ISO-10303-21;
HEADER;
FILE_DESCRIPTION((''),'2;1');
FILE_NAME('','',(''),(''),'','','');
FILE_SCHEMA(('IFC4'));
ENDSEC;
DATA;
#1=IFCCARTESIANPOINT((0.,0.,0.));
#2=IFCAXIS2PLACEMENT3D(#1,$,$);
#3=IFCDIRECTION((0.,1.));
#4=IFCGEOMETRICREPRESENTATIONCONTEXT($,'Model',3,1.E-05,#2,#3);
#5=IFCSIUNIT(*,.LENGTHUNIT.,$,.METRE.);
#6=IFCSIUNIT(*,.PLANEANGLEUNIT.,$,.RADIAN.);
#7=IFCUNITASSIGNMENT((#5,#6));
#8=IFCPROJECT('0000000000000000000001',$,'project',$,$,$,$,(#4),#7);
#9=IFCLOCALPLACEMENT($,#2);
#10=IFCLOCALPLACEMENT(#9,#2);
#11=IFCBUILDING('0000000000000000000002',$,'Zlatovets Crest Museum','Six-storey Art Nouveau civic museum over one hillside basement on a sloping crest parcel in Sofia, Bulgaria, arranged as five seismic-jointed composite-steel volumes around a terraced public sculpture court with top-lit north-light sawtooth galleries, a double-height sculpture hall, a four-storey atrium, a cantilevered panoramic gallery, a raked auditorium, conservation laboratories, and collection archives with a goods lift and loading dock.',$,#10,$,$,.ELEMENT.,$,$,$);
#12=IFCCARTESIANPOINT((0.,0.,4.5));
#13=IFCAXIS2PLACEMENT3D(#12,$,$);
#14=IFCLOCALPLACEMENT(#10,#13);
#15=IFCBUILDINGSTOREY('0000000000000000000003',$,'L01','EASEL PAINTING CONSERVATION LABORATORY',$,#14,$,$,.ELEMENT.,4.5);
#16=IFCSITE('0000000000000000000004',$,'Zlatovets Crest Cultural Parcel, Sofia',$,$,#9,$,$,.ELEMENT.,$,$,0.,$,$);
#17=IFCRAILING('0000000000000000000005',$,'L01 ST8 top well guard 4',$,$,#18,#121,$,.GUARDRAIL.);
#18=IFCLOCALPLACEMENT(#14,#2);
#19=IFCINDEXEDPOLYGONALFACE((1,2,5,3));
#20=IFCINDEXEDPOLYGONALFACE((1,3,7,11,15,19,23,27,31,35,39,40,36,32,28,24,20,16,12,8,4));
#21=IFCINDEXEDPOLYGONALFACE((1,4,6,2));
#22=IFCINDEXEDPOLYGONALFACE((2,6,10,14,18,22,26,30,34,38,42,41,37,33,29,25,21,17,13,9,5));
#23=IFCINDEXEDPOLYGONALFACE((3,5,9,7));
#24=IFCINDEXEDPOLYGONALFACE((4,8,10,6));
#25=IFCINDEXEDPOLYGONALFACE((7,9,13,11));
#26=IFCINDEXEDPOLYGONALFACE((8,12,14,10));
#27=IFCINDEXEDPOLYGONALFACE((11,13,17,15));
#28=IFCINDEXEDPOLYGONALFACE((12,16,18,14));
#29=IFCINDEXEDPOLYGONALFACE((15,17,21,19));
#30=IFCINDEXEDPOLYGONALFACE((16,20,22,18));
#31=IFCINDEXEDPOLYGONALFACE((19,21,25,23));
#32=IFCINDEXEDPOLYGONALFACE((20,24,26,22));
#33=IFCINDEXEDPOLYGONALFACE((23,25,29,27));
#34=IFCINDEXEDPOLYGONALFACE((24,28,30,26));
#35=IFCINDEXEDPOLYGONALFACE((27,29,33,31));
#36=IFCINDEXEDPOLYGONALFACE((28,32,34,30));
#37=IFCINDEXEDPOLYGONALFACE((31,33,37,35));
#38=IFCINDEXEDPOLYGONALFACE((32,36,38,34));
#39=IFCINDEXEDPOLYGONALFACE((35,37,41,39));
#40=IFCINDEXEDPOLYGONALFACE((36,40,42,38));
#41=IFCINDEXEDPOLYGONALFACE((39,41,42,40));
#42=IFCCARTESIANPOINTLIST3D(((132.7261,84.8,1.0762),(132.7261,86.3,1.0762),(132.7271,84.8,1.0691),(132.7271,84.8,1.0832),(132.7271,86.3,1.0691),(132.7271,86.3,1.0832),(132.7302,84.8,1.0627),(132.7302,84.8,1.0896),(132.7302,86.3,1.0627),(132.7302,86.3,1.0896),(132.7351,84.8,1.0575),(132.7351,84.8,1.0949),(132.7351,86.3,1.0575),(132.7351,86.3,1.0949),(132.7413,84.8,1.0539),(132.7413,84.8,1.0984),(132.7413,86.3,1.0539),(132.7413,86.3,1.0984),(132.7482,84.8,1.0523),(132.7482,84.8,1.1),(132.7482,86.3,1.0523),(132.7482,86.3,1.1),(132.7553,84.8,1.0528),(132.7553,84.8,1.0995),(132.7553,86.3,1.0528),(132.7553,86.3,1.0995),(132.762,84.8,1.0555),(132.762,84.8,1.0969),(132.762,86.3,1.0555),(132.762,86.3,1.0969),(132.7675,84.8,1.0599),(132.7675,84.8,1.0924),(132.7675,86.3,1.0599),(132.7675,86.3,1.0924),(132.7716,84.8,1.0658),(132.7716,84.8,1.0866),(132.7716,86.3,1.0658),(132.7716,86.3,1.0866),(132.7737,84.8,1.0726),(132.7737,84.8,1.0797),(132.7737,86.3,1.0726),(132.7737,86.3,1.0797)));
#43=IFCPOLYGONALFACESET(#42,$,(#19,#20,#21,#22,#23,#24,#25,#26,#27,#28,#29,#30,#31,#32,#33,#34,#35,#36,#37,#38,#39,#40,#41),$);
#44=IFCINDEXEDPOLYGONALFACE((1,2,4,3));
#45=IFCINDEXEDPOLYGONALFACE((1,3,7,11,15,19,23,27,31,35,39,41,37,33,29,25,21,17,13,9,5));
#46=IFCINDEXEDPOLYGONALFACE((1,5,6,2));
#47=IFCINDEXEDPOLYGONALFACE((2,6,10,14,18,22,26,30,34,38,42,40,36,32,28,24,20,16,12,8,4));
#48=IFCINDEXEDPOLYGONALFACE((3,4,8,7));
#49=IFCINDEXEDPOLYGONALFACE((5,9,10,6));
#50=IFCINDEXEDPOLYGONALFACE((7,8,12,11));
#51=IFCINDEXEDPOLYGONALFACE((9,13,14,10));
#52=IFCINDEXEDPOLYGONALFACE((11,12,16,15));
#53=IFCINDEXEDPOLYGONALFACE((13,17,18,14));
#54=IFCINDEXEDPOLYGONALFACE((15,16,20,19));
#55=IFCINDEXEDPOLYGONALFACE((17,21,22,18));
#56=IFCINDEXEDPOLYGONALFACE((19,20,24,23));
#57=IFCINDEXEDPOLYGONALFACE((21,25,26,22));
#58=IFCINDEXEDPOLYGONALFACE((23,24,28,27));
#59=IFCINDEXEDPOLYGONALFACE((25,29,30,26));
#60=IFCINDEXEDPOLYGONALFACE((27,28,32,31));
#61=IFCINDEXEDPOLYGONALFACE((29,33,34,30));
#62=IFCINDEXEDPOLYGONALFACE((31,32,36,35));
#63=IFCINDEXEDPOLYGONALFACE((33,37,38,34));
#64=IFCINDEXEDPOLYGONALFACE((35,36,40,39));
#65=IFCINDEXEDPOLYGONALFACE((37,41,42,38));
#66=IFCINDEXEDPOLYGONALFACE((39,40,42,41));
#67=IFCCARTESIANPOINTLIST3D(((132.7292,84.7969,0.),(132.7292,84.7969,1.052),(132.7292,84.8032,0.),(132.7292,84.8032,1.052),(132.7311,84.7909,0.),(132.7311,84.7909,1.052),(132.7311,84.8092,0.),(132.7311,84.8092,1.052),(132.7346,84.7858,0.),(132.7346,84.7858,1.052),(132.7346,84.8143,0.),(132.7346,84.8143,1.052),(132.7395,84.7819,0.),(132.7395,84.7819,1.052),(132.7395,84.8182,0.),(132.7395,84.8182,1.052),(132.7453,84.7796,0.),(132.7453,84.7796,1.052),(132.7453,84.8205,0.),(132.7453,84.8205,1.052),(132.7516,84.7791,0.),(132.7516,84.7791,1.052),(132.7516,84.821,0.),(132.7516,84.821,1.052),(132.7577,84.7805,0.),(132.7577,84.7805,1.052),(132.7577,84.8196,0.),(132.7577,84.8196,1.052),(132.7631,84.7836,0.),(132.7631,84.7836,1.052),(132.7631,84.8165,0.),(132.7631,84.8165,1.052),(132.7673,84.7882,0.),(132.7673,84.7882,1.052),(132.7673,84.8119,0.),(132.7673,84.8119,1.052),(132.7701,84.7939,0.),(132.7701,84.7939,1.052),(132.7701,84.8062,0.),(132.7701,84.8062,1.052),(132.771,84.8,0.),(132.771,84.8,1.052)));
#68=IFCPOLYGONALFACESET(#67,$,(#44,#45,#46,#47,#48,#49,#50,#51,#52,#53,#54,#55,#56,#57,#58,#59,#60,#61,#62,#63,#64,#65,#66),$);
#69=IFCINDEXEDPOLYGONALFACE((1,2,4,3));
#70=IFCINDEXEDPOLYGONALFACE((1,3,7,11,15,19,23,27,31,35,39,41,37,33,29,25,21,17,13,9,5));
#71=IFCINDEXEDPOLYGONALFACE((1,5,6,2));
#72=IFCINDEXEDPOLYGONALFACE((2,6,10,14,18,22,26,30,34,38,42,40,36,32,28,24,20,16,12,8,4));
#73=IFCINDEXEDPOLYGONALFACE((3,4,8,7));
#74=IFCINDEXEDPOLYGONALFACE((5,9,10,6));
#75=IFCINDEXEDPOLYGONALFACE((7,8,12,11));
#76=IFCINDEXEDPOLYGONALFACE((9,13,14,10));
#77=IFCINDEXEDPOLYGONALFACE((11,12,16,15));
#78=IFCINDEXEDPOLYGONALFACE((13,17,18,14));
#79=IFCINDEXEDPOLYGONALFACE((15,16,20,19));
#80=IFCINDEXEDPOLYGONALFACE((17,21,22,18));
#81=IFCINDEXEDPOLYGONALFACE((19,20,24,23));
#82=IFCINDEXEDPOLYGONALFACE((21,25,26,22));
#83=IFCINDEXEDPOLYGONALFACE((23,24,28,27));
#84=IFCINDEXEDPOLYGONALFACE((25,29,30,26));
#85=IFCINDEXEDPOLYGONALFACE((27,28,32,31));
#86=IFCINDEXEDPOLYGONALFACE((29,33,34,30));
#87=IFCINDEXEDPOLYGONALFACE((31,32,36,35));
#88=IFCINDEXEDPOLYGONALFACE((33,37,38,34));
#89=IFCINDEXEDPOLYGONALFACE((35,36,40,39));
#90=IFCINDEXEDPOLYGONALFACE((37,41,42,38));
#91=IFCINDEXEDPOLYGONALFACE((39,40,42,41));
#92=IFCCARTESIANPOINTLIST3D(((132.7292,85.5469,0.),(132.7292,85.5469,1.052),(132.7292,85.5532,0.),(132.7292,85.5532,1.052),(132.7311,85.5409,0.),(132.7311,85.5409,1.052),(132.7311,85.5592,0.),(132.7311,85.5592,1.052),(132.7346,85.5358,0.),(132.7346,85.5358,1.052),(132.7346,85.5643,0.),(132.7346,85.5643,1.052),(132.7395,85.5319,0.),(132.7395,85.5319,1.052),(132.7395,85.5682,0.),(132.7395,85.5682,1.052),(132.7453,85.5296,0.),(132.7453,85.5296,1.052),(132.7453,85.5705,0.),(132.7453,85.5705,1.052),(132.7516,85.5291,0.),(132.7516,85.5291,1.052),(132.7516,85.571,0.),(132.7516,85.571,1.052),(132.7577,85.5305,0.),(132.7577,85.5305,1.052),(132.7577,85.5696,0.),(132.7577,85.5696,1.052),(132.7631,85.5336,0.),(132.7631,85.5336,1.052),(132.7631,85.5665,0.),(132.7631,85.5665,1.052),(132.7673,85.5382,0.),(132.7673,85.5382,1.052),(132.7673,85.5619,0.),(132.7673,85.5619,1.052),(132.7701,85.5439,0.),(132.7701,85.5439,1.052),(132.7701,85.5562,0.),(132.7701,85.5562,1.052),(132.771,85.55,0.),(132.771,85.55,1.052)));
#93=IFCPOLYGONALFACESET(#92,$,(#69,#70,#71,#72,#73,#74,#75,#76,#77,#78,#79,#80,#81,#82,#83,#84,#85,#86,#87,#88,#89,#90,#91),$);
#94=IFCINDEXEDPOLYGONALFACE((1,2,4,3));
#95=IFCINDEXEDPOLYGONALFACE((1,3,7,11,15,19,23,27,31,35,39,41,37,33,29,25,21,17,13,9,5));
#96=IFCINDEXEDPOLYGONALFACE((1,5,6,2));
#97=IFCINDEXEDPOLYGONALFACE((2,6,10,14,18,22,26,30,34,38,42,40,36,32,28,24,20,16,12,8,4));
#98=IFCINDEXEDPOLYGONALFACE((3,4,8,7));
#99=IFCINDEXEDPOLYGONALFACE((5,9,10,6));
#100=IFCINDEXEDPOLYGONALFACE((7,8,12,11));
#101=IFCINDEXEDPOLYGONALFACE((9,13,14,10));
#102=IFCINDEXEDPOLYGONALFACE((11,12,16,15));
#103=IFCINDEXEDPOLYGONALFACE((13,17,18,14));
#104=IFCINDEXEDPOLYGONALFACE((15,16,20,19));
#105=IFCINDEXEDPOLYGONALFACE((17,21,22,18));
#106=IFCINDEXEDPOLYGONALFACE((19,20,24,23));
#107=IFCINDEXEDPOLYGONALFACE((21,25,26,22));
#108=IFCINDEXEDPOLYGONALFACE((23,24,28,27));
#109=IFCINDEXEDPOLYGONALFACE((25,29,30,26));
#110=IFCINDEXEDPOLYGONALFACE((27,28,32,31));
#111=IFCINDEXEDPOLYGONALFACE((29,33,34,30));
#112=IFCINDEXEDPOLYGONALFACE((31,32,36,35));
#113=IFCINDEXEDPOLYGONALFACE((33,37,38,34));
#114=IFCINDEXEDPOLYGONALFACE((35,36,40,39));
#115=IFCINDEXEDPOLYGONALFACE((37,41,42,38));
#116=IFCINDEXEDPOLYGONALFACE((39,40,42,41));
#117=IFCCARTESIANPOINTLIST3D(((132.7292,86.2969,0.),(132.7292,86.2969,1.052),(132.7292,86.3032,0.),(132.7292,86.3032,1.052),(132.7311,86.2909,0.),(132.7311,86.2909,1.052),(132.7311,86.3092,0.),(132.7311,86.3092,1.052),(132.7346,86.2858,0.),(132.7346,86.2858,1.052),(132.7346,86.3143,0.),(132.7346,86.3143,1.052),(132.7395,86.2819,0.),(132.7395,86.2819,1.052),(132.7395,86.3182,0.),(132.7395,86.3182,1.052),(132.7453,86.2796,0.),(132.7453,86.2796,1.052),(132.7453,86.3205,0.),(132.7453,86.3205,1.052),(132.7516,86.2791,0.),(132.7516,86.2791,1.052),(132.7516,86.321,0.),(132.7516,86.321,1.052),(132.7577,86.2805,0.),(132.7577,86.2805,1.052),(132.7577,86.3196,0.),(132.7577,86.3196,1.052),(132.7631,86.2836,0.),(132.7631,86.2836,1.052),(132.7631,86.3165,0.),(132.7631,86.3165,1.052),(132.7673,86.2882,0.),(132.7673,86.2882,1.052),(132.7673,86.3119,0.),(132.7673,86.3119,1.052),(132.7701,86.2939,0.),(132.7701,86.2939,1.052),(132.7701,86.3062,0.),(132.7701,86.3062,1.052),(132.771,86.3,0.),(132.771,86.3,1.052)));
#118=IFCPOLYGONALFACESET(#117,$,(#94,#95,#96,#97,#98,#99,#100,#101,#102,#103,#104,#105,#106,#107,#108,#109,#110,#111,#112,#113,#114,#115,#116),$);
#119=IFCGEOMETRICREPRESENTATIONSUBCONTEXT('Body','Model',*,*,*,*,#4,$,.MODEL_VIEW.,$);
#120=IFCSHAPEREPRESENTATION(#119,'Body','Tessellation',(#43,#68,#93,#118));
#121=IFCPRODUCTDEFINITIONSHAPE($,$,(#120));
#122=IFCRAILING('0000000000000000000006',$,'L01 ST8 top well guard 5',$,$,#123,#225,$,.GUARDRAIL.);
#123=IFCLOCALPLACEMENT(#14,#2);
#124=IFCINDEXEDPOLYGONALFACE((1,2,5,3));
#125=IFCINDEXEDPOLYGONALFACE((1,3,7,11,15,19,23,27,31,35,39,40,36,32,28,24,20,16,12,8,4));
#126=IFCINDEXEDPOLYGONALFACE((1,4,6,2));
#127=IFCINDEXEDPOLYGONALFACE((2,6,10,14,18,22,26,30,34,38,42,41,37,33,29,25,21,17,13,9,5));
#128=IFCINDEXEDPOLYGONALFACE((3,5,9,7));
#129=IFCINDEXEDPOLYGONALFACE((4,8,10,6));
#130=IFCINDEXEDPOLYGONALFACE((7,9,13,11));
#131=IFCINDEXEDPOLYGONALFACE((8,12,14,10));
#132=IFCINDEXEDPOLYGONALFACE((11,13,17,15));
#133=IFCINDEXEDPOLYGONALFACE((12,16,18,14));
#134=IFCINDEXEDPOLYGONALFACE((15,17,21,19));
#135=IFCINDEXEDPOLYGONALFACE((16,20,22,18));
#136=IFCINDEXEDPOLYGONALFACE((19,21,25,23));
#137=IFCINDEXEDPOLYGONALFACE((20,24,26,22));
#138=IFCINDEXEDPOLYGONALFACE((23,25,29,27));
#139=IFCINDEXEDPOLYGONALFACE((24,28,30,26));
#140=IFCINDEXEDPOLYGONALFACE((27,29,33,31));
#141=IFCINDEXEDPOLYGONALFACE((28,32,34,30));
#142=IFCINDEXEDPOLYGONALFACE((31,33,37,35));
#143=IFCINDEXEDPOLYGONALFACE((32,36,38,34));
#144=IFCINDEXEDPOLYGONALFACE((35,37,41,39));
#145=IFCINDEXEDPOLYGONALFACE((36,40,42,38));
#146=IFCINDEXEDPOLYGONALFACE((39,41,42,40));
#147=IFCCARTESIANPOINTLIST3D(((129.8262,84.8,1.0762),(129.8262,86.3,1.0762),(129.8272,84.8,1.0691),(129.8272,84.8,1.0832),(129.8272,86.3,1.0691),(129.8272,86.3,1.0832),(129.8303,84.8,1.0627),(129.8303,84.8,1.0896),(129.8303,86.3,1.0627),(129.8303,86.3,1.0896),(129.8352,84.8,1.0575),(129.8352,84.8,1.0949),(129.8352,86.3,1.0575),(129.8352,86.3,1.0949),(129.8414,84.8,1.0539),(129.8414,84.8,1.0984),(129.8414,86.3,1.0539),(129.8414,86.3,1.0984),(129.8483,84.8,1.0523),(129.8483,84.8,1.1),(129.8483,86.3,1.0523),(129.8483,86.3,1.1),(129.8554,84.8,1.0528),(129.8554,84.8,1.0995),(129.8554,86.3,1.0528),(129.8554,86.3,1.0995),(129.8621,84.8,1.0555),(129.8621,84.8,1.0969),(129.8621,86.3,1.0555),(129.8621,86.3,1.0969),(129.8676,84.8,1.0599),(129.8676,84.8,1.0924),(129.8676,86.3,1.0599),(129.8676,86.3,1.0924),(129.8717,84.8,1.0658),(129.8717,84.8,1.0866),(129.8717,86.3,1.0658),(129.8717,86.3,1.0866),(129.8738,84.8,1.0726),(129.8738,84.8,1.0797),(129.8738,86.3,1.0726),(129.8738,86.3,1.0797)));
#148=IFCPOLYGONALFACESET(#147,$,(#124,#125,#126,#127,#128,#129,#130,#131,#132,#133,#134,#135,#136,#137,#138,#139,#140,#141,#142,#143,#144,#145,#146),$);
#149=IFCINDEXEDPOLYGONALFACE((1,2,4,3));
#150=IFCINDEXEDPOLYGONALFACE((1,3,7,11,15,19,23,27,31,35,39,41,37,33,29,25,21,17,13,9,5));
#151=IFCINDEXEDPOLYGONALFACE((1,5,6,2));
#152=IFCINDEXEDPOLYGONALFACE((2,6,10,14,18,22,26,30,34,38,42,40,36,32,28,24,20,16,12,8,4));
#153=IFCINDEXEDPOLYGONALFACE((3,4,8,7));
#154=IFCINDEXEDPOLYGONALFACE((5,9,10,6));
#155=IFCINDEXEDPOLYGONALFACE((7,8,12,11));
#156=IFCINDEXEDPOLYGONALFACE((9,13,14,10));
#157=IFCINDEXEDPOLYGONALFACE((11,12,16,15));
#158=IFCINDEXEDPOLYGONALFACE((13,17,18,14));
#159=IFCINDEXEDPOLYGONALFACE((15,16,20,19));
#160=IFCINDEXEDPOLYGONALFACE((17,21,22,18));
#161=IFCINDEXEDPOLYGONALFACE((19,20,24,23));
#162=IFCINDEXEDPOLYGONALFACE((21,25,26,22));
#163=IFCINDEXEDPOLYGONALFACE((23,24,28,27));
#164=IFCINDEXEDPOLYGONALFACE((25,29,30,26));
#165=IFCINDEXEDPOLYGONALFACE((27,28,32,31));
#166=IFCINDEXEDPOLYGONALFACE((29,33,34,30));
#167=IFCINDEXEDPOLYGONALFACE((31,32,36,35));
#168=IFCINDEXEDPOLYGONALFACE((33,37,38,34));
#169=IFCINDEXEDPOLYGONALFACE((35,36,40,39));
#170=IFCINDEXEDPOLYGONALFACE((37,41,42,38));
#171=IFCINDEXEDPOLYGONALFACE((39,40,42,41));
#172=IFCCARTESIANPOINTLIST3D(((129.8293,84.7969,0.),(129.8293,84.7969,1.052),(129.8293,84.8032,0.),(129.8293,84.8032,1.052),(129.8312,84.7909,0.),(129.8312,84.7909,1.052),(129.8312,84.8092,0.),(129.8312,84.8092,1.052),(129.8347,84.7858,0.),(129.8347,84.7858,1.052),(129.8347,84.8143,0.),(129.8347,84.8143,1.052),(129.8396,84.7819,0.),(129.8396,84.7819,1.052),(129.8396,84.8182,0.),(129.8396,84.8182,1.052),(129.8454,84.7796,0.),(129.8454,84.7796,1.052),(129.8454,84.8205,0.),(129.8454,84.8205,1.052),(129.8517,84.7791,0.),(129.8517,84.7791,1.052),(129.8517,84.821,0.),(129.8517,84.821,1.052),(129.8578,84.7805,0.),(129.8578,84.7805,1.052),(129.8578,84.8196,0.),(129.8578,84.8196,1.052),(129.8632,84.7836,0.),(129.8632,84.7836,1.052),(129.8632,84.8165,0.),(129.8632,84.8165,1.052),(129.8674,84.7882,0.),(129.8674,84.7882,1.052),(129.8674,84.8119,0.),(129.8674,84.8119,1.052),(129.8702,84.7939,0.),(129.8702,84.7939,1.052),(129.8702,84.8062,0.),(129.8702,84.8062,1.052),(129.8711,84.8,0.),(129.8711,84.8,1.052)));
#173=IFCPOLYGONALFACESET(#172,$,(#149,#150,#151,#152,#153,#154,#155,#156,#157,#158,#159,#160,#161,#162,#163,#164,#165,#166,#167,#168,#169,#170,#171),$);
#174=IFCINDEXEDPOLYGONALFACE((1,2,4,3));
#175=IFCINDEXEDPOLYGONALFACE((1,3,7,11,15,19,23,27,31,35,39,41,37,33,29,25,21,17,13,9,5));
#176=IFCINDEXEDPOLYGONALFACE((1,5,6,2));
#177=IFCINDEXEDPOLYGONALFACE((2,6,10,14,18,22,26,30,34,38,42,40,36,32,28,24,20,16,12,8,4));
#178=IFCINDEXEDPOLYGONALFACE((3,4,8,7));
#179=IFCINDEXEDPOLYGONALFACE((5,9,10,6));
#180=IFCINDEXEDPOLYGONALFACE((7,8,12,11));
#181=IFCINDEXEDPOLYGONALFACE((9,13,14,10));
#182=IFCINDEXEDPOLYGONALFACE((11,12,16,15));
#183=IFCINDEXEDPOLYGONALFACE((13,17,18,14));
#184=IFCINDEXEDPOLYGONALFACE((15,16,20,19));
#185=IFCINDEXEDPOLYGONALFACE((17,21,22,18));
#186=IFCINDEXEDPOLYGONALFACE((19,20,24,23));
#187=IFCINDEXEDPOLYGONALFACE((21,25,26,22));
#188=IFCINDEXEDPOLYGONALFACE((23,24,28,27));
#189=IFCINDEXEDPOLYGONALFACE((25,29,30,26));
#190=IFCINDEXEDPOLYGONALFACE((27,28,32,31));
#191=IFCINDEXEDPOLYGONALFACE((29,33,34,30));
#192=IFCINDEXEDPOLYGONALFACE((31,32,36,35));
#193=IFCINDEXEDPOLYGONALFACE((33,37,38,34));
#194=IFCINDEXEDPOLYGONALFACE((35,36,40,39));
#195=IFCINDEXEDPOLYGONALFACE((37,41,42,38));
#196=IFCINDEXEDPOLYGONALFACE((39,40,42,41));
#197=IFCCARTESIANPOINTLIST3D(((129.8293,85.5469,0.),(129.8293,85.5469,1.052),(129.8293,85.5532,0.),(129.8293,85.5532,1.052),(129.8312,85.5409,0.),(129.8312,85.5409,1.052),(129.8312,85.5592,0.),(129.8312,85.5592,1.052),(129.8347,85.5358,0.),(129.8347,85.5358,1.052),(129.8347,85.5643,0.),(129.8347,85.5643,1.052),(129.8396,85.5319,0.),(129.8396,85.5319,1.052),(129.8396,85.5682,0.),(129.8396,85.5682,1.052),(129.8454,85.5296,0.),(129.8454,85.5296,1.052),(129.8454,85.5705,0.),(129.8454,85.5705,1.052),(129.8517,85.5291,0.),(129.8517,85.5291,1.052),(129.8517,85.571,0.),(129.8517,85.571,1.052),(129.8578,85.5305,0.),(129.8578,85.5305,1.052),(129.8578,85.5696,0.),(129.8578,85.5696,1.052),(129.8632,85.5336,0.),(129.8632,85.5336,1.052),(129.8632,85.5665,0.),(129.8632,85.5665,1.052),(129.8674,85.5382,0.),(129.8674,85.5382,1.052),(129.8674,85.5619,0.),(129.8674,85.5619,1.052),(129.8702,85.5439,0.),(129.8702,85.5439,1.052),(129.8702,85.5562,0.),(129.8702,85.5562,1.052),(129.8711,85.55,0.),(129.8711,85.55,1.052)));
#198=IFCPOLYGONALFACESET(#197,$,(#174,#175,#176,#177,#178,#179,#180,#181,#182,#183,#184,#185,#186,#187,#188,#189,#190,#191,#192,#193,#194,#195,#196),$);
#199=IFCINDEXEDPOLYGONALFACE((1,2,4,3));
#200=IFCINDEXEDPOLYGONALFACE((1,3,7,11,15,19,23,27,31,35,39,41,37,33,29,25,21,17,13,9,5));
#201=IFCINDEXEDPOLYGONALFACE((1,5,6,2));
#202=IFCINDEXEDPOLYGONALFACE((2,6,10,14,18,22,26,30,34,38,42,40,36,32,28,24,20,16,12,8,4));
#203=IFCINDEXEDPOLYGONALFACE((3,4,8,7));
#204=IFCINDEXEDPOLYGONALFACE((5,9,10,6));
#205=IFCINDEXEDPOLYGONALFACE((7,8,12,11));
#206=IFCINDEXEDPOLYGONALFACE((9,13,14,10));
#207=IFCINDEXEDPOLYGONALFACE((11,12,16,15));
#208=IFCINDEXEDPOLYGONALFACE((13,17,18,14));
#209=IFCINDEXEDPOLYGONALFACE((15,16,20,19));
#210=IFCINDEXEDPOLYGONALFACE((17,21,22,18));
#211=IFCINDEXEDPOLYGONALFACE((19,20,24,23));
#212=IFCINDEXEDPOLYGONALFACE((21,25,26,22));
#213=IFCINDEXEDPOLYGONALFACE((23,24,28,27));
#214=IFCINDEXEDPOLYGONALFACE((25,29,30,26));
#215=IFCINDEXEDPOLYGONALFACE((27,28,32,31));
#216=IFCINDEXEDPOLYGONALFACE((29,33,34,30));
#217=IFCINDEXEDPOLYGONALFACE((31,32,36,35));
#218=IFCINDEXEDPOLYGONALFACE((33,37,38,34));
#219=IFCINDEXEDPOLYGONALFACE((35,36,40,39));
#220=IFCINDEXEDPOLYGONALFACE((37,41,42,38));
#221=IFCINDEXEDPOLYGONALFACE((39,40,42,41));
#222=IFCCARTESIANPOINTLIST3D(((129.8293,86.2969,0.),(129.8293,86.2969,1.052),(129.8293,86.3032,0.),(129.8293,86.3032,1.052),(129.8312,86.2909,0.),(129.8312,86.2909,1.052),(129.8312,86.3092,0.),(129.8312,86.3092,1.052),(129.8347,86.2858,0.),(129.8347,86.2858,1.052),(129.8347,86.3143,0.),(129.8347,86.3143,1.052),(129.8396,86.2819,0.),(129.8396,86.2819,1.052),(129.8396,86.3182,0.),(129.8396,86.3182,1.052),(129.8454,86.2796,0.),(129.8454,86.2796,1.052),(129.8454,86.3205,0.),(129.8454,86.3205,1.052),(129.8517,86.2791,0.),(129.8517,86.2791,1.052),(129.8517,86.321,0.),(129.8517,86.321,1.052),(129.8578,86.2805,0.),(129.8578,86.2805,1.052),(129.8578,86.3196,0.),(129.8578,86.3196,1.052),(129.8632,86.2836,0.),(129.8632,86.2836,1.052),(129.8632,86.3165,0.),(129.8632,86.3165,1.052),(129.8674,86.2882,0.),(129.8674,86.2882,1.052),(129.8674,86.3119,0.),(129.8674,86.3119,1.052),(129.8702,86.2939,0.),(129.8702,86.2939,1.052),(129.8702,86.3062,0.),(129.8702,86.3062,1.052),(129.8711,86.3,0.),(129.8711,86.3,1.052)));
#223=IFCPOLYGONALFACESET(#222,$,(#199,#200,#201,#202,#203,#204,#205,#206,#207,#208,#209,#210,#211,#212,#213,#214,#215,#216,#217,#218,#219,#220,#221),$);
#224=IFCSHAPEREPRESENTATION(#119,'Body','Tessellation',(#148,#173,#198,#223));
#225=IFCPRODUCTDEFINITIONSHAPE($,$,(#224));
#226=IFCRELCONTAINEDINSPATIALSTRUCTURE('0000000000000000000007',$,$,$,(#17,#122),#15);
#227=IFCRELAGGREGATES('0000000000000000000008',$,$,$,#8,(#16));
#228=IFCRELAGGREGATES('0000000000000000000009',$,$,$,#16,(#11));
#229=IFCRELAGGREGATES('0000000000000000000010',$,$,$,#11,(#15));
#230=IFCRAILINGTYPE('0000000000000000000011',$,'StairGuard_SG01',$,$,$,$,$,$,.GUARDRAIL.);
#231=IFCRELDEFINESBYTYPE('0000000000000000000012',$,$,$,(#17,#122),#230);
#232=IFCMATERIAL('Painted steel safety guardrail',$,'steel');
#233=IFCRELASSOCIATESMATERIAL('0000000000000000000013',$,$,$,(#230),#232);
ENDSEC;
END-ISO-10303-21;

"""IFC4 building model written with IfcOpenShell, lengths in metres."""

from ifc_helpers import new_model, si_unit, direction, frame, origin, origin_2d, place, context, subcontext, project, spatial, circle, extrude, material, type_object, element, save


model = new_model("IFC4")

# Units and contexts
model_context = context("Model", 3, precision=1e-05, world=origin(), true_north=direction((0.0, 1.0)))
body_context = subcontext(model_context, "Body", "Model", "MODEL_VIEW")
ifc_project = project(units=[si_unit("LENGTHUNIT", "METRE"), si_unit("PLANEANGLEUNIT", "RADIAN")], contexts=[model_context])

# Site, building, storey
site_placement = place(None, origin())
site = spatial("IfcSite", under=ifc_project, at=site_placement, Name="Zlatovets Crest Cultural Parcel, Sofia", CompositionType="ELEMENT", RefElevation=0.0)
building_placement = place(site_placement, origin())
building = spatial("IfcBuilding", under=site, at=building_placement, Name="Zlatovets Crest Museum", Description="Six-storey Art Nouveau civic museum over one hillside basement on a sloping crest parcel in Sofia, Bulgaria, arranged as five seismic-jointed composite-steel volumes around a terraced public sculpture court with top-lit north-light sawtooth galleries, a double-height sculpture hall, a four-storey atrium, a cantilevered panoramic gallery, a raked auditorium, conservation laboratories, and collection archives with a goods lift and loading dock.", CompositionType="ELEMENT")
storey_placement = place(building_placement, frame((0.0, 0.0, 4.5)))
storey = spatial("IfcBuildingStorey", under=building, at=storey_placement, Name="L01", Description="EASEL PAINTING CONSERVATION LABORATORY", CompositionType="ELEMENT", Elevation=4.5)

# Railings
ifc_material_1 = material(Name="Painted steel safety guardrail", Category="steel")
railing_type = type_object("IfcRailingType", Name="StairGuard_SG01", PredefinedType="GUARDRAIL", material=ifc_material_1)
for number, where, name in (
    (1, (132.75, 84.8, 0.0), "L01 ST8 top well guard 4"),
    (2, (129.8501, 84.8, 0.0), "L01 ST8 top well guard 5"),
):
    element("IfcRailing", number, at=place(storey_placement, frame(where)), inside=storey, type_object=railing_type, Name=name, PredefinedType="GUARDRAIL", context=body_context, shape_type="SweptSolid", body=[
        extrude(circle(Radius=0.0239, at=origin_2d()), frame((0.0, 0.0, 1.0762), z_axis=(0.0, 1.0, 0.0), x_axis=(-1.0, 0.0, 0.0)), (0.0, 0.0, 1.0), 1.5),
        extrude(circle(Radius=0.021, at=origin_2d()), origin(), (0.0, 0.0, 1.0), 1.052),
        extrude(circle(Radius=0.021, at=origin_2d()), frame((0.0, 0.75, 0.0)), (0.0, 0.0, 1.0), 1.052),
        extrude(circle(Radius=0.021, at=origin_2d()), frame((0.0, 1.5, 0.0)), (0.0, 0.0, 1.0), 1.052),
    ])

save(model, "model.ifc")
